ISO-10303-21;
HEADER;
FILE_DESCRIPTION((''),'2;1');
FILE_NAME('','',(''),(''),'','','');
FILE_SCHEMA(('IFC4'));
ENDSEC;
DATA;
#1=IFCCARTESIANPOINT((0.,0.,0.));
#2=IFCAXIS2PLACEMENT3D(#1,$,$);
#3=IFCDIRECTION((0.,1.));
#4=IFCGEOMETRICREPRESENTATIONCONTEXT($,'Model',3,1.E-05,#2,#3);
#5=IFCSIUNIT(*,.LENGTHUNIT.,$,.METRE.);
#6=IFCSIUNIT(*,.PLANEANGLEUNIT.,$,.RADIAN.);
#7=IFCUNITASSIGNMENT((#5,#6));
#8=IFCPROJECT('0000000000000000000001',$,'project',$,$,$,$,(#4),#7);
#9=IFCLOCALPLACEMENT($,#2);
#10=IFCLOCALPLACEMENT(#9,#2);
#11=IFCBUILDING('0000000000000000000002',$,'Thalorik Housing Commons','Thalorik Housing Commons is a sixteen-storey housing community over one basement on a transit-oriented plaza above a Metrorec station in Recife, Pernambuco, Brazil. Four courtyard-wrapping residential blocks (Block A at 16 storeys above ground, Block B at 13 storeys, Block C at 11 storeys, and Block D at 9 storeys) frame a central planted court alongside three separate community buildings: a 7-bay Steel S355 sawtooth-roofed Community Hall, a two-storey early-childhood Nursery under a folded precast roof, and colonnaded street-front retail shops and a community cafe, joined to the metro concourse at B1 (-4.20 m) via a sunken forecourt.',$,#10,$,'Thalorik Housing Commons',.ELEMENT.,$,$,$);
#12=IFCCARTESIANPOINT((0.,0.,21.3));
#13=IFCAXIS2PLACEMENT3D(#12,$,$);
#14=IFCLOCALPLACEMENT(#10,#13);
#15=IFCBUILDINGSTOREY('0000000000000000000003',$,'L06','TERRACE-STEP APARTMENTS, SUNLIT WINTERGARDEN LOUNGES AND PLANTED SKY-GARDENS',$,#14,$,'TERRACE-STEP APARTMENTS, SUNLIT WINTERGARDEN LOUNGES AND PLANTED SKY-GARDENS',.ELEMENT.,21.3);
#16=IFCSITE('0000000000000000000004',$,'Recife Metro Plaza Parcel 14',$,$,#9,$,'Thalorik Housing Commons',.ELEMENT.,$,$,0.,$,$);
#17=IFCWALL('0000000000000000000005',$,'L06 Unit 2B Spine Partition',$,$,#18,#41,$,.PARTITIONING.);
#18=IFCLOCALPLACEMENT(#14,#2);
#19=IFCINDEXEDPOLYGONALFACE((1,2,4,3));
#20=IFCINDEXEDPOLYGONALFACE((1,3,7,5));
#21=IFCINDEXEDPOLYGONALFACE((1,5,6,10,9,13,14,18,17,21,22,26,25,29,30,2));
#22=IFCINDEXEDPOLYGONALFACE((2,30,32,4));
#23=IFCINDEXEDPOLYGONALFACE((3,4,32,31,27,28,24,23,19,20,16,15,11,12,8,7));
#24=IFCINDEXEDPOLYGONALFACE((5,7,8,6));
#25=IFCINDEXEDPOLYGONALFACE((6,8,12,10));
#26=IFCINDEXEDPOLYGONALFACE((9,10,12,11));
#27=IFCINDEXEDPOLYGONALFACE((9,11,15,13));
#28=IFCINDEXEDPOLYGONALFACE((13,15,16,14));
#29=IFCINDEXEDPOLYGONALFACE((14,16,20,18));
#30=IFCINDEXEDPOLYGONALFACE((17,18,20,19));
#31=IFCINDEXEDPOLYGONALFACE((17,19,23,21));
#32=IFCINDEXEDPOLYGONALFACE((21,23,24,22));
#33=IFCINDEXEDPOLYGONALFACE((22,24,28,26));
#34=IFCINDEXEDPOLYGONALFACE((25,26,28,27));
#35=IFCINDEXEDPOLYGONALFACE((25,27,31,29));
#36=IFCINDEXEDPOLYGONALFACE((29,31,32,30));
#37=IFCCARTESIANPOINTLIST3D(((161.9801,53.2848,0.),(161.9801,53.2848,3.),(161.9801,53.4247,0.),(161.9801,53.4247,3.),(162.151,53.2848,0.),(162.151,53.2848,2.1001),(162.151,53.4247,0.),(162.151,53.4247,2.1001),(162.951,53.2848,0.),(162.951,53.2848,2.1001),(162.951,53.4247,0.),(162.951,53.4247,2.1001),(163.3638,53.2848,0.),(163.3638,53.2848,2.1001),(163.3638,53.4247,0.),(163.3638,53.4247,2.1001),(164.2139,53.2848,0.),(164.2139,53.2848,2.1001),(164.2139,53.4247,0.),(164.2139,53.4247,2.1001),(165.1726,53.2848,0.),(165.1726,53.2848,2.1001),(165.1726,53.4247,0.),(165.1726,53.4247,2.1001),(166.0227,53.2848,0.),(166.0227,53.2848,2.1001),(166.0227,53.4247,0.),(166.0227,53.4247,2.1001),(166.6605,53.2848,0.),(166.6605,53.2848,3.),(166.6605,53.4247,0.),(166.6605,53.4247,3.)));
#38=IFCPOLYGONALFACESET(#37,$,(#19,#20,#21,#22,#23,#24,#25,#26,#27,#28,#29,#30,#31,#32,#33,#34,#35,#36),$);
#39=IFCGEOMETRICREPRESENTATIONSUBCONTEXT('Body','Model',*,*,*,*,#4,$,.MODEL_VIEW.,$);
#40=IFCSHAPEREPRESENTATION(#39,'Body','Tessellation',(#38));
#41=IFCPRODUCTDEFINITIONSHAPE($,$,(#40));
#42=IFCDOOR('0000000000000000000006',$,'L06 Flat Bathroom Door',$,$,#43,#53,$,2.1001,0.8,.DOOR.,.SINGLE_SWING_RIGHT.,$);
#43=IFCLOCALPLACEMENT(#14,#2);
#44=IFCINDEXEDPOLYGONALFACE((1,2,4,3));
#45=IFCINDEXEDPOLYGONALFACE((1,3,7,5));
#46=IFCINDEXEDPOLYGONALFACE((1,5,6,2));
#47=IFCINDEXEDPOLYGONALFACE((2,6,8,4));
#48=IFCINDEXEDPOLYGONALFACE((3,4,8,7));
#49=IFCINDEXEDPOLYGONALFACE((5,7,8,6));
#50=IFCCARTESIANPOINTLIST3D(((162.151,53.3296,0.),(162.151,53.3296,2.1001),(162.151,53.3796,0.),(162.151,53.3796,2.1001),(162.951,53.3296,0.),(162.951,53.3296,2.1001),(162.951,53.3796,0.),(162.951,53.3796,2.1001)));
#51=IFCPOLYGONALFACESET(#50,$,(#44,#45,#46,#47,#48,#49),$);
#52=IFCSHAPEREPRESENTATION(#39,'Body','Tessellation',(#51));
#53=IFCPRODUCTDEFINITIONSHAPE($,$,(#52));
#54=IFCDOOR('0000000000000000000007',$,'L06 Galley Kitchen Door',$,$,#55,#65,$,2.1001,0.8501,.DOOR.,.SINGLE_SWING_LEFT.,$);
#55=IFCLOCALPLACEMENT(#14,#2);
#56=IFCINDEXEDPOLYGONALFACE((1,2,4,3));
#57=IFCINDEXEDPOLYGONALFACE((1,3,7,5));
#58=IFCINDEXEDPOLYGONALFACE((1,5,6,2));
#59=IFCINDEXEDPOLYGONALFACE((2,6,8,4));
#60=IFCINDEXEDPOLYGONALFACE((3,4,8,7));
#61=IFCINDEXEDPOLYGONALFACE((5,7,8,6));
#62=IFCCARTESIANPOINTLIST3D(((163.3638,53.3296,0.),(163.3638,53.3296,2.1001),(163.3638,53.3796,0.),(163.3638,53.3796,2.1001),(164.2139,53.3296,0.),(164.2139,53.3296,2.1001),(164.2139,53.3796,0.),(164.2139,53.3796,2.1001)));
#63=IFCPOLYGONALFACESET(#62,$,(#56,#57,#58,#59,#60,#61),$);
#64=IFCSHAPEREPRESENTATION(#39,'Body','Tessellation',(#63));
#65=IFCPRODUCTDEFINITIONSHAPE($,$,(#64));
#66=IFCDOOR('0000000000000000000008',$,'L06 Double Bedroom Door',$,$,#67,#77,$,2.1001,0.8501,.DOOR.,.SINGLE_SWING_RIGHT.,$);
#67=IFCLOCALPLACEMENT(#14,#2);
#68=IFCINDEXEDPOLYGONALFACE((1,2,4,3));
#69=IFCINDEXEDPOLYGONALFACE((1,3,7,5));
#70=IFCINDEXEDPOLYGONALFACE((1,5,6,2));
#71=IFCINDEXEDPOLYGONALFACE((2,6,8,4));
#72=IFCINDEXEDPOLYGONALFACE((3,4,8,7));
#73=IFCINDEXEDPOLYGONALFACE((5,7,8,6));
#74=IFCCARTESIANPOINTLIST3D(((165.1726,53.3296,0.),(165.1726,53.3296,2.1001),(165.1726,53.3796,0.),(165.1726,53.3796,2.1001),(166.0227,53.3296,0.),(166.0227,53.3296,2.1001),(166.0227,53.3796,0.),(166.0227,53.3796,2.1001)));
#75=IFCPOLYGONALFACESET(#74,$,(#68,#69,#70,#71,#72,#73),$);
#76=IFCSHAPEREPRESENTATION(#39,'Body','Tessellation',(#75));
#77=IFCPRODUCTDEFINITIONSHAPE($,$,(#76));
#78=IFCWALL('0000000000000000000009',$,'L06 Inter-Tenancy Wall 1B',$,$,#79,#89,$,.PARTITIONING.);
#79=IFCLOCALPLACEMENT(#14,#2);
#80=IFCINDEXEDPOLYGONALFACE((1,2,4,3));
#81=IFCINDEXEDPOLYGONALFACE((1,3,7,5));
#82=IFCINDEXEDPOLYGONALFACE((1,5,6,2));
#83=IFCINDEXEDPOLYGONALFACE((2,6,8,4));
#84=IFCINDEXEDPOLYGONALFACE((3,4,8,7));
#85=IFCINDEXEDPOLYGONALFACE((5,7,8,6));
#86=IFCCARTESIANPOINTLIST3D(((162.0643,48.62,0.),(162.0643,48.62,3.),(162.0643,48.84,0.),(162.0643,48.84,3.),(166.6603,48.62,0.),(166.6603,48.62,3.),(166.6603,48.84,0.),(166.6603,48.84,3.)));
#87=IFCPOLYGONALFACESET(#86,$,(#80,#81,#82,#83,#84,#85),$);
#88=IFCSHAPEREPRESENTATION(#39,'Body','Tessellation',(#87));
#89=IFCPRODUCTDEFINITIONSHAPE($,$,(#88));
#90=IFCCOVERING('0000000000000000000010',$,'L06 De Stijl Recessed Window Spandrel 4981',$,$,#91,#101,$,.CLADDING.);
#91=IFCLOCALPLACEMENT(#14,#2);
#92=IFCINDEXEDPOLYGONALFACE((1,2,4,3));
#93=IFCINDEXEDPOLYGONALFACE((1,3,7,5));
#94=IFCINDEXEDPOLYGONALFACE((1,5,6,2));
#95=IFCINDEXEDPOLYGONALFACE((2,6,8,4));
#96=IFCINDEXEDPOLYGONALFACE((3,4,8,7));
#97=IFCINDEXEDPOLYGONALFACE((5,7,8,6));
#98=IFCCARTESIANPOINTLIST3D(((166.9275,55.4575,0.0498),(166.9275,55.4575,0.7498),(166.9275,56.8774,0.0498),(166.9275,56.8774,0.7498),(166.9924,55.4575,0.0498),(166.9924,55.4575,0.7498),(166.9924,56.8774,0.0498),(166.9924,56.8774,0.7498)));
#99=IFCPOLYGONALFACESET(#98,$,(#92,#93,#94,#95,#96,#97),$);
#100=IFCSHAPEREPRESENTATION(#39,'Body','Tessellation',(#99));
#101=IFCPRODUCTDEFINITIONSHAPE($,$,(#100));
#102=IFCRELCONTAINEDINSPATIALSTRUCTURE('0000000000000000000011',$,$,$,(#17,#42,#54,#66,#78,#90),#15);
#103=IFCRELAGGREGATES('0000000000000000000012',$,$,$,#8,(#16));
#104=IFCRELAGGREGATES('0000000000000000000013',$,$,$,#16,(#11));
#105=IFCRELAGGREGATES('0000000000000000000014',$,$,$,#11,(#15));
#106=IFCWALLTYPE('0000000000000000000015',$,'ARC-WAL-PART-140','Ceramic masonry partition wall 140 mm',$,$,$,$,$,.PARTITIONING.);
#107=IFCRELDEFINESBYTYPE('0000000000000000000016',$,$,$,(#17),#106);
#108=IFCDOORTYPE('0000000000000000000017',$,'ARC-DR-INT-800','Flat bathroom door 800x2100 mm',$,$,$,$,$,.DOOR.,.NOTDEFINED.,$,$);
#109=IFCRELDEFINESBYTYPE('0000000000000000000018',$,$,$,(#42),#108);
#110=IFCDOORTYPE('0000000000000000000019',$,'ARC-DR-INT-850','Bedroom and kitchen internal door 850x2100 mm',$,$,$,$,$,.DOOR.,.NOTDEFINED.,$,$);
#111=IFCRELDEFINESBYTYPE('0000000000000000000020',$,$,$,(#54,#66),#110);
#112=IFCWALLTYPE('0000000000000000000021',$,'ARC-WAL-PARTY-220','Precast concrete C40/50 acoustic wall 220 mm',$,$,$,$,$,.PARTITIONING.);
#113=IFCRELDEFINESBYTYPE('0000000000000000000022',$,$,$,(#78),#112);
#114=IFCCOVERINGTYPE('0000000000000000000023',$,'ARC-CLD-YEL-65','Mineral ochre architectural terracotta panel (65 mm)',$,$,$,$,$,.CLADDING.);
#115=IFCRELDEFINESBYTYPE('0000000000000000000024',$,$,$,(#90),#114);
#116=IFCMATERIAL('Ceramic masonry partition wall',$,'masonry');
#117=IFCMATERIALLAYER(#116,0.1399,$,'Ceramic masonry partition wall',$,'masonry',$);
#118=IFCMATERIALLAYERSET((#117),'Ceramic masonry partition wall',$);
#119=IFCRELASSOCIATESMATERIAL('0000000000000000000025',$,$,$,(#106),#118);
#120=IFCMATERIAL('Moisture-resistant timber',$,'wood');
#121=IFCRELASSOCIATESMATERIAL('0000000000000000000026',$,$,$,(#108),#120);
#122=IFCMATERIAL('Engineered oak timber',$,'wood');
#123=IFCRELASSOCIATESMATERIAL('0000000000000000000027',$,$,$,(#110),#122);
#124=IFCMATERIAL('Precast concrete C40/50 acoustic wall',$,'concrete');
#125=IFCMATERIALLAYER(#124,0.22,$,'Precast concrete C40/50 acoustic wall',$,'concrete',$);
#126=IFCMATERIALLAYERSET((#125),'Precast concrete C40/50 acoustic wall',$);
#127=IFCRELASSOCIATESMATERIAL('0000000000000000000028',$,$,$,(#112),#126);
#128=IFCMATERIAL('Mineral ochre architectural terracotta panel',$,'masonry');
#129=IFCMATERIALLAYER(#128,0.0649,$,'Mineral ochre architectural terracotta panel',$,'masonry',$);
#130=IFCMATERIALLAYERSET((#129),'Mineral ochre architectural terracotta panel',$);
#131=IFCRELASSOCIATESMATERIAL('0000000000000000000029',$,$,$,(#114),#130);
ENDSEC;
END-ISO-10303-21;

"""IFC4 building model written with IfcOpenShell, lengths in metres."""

from ifc_helpers import new_model, si_unit, direction, frame, frame_2d, origin, origin_2d, place, context, subcontext, project, spatial, rectangle, extrude, material, layer, layer_set, type_object, element, fill, save


model = new_model("IFC4")

# Units and contexts
model_context = context("Model", 3, precision=1e-05, world=origin(), true_north=direction((0.0, 1.0)))
body_context = subcontext(model_context, "Body", "Model", "MODEL_VIEW")
ifc_project = project(units=[si_unit("LENGTHUNIT", "METRE"), si_unit("PLANEANGLEUNIT", "RADIAN")], contexts=[model_context])

# Site, building, storey
site_placement = place(None, origin())
site = spatial("IfcSite", under=ifc_project, at=site_placement, Name="Recife Metro Plaza Parcel 14", LongName="Thalorik Housing Commons", CompositionType="ELEMENT", RefElevation=0.0)
building_placement = place(site_placement, origin())
building = spatial("IfcBuilding", under=site, at=building_placement, Name="Thalorik Housing Commons", Description="Thalorik Housing Commons is a sixteen-storey housing community over one basement on a transit-oriented plaza above a Metrorec station in Recife, Pernambuco, Brazil. Four courtyard-wrapping residential blocks (Block A at 16 storeys above ground, Block B at 13 storeys, Block C at 11 storeys, and Block D at 9 storeys) frame a central planted court alongside three separate community buildings: a 7-bay Steel S355 sawtooth-roofed Community Hall, a two-storey early-childhood Nursery under a folded precast roof, and colonnaded street-front retail shops and a community cafe, joined to the metro concourse at B1 (-4.20 m) via a sunken forecourt.", LongName="Thalorik Housing Commons", CompositionType="ELEMENT")
storey_placement = place(building_placement, frame((0.0, 0.0, 21.3)))
storey = spatial("IfcBuildingStorey", under=building, at=storey_placement, Name="L06", Description="TERRACE-STEP APARTMENTS, SUNLIT WINTERGARDEN LOUNGES AND PLANTED SKY-GARDENS", LongName="TERRACE-STEP APARTMENTS, SUNLIT WINTERGARDEN LOUNGES AND PLANTED SKY-GARDENS", CompositionType="ELEMENT", Elevation=21.3)

# Wall, openings, doors
ifc_material_1 = material(Name="Ceramic masonry partition wall", Category="masonry")
ifc_layer_1 = layer(ifc_material_1, 0.1399, Name="Ceramic masonry partition wall", Category="masonry")
ifc_layer_set_1 = layer_set([ifc_layer_1], Name="Ceramic masonry partition wall")
wall_type_1 = type_object("IfcWallType", Name="ARC-WAL-PART-140", Description="Ceramic masonry partition wall 140 mm", PredefinedType="PARTITIONING", material=ifc_layer_set_1)
wall_1_placement = place(storey_placement, frame((161.98, 53.3547, 0.0), z_axis=(0.0, 0.0, 1.0), x_axis=(1.0, 0.0, 0.0)))
wall_1 = element("IfcWall", 1, at=wall_1_placement, inside=storey, type_object=wall_type_1, Name="L06 Unit 2B Spine Partition", PredefinedType="PARTITIONING", context=body_context, shape_type="SweptSolid", body=[
    extrude(rectangle(XDim=4.6804, YDim=0.1399, at=frame_2d((2.3403, 0.0))), origin(), (0.0, 0.0, 1.0), 3.0),
])
opening_1_placement = place(wall_1_placement, frame((0.1711, 0.0, 0.0)))
opening_1 = element("IfcOpeningElement", 2, at=opening_1_placement, cuts=wall_1, PredefinedType="OPENING", context=body_context, shape_type="SweptSolid", body=[
    extrude(rectangle(XDim=0.8, YDim=2.1001, at=frame_2d((0.3999, 1.05))), frame((0.0, 0.0801, 0.0), z_axis=(0.0, -1.0, 0.0), x_axis=(1.0, 0.0, 0.0)), (0.0, 0.0, 1.0), 0.1599),
])
opening_2_placement = place(wall_1_placement, frame((1.3838, 0.0, 0.0)))
opening_2 = element("IfcOpeningElement", 3, at=opening_2_placement, cuts=wall_1, PredefinedType="OPENING", context=body_context, shape_type="SweptSolid", body=[
    extrude(rectangle(XDim=0.8501, YDim=2.1001, at=frame_2d((0.425, 1.05))), frame((0.0, 0.0801, 0.0), z_axis=(0.0, -1.0, 0.0), x_axis=(1.0, 0.0, 0.0)), (0.0, 0.0, 1.0), 0.1599),
])
opening_3_placement = place(wall_1_placement, frame((3.1926, 0.0, 0.0)))
opening_3 = element("IfcOpeningElement", 4, at=opening_3_placement, cuts=wall_1, PredefinedType="OPENING", context=body_context, shape_type="SweptSolid", body=[
    extrude(rectangle(XDim=0.8501, YDim=2.1001, at=frame_2d((0.425, 1.05))), frame((0.0, 0.0801, 0.0), z_axis=(0.0, -1.0, 0.0), x_axis=(1.0, 0.0, 0.0)), (0.0, 0.0, 1.0), 0.1599),
])
ifc_material_2 = material(Name="Moisture-resistant timber", Category="wood")
door_type_1 = type_object("IfcDoorType", Name="ARC-DR-INT-800", Description="Flat bathroom door 800x2100 mm", OperationType="NOTDEFINED", PredefinedType="DOOR", material=ifc_material_2)
door_1_placement = place(opening_1_placement, origin())
door_1 = element("IfcDoor", 5, at=door_1_placement, inside=storey, type_object=door_type_1, Name="L06 Flat Bathroom Door", OperationType="SINGLE_SWING_RIGHT", OverallHeight=2.1001, OverallWidth=0.8, PredefinedType="DOOR", context=body_context, shape_type="SweptSolid", body=[
    extrude(rectangle(XDim=0.8, YDim=2.1001, at=frame_2d((0.3999, 1.05))), frame((0.0, 0.0249, 0.0), z_axis=(0.0, -1.0, 0.0), x_axis=(1.0, 0.0, 0.0)), (0.0, 0.0, 1.0), 0.05),
])
fill(opening_1, door_1)
ifc_material_3 = material(Name="Engineered oak timber", Category="wood")
door_type_2 = type_object("IfcDoorType", Name="ARC-DR-INT-850", Description="Bedroom and kitchen internal door 850x2100 mm", OperationType="NOTDEFINED", PredefinedType="DOOR", material=ifc_material_3)
door_2_placement = place(opening_2_placement, origin())
door_2 = element("IfcDoor", 6, at=door_2_placement, inside=storey, type_object=door_type_2, Name="L06 Galley Kitchen Door", OperationType="SINGLE_SWING_LEFT", OverallHeight=2.1001, OverallWidth=0.8501, PredefinedType="DOOR", context=body_context, shape_type="SweptSolid", body=[
    extrude(rectangle(XDim=0.8501, YDim=2.1001, at=frame_2d((0.425, 1.05))), frame((0.0, 0.0249, 0.0), z_axis=(0.0, -1.0, 0.0), x_axis=(1.0, 0.0, 0.0)), (0.0, 0.0, 1.0), 0.05),
])
fill(opening_2, door_2)
door_3_placement = place(opening_3_placement, origin())
door_3 = element("IfcDoor", 7, at=door_3_placement, inside=storey, type_object=door_type_2, Name="L06 Double Bedroom Door", OperationType="SINGLE_SWING_RIGHT", OverallHeight=2.1001, OverallWidth=0.8501, PredefinedType="DOOR", context=body_context, shape_type="SweptSolid", body=[
    extrude(rectangle(XDim=0.8501, YDim=2.1001, at=frame_2d((0.425, 1.05))), frame((0.0, 0.0249, 0.0), z_axis=(0.0, -1.0, 0.0), x_axis=(1.0, 0.0, 0.0)), (0.0, 0.0, 1.0), 0.05),
])
fill(opening_3, door_3)

# Wall
ifc_material_4 = material(Name="Precast concrete C40/50 acoustic wall", Category="concrete")
ifc_layer_2 = layer(ifc_material_4, 0.22, Name="Precast concrete C40/50 acoustic wall", Category="concrete")
ifc_layer_set_2 = layer_set([ifc_layer_2], Name="Precast concrete C40/50 acoustic wall")
wall_type_2 = type_object("IfcWallType", Name="ARC-WAL-PARTY-220", Description="Precast concrete C40/50 acoustic wall 220 mm", PredefinedType="PARTITIONING", material=ifc_layer_set_2)
wall_2_placement = place(storey_placement, frame((162.0645, 48.73, 0.0), z_axis=(0.0, 0.0, 1.0), x_axis=(1.0, 0.0, 0.0)))
element("IfcWall", 8, at=wall_2_placement, inside=storey, type_object=wall_type_2, Name="L06 Inter-Tenancy Wall 1B", PredefinedType="PARTITIONING", context=body_context, shape_type="SweptSolid", body=[
    extrude(rectangle(XDim=4.5959, YDim=0.22, at=frame_2d((2.2979, 0.0))), origin(), (0.0, 0.0, 1.0), 3.0),
])

# Covering
ifc_material_5 = material(Name="Mineral ochre architectural terracotta panel", Category="masonry")
ifc_layer_3 = layer(ifc_material_5, 0.0649, Name="Mineral ochre architectural terracotta panel", Category="masonry")
ifc_layer_set_3 = layer_set([ifc_layer_3], Name="Mineral ochre architectural terracotta panel")
covering_type_1 = type_object("IfcCoveringType", Name="ARC-CLD-YEL-65", Description="Mineral ochre architectural terracotta panel (65 mm)", PredefinedType="CLADDING", material=ifc_layer_set_3)
covering_1_placement = place(storey_placement, frame((166.96, 56.1675, 0.0498), z_axis=(0.0, 0.0, 1.0), x_axis=(0.0, 1.0, 0.0)))
element("IfcCovering", 9, at=covering_1_placement, inside=storey, type_object=covering_type_1, Name="L06 De Stijl Recessed Window Spandrel 4981", PredefinedType="CLADDING", context=body_context, shape_type="SweptSolid", body=[
    extrude(rectangle(XDim=1.4199, YDim=0.0649, at=origin_2d()), origin(), (0.0, 0.0, 1.0), 0.7),
])

save(model, "model.ifc")
